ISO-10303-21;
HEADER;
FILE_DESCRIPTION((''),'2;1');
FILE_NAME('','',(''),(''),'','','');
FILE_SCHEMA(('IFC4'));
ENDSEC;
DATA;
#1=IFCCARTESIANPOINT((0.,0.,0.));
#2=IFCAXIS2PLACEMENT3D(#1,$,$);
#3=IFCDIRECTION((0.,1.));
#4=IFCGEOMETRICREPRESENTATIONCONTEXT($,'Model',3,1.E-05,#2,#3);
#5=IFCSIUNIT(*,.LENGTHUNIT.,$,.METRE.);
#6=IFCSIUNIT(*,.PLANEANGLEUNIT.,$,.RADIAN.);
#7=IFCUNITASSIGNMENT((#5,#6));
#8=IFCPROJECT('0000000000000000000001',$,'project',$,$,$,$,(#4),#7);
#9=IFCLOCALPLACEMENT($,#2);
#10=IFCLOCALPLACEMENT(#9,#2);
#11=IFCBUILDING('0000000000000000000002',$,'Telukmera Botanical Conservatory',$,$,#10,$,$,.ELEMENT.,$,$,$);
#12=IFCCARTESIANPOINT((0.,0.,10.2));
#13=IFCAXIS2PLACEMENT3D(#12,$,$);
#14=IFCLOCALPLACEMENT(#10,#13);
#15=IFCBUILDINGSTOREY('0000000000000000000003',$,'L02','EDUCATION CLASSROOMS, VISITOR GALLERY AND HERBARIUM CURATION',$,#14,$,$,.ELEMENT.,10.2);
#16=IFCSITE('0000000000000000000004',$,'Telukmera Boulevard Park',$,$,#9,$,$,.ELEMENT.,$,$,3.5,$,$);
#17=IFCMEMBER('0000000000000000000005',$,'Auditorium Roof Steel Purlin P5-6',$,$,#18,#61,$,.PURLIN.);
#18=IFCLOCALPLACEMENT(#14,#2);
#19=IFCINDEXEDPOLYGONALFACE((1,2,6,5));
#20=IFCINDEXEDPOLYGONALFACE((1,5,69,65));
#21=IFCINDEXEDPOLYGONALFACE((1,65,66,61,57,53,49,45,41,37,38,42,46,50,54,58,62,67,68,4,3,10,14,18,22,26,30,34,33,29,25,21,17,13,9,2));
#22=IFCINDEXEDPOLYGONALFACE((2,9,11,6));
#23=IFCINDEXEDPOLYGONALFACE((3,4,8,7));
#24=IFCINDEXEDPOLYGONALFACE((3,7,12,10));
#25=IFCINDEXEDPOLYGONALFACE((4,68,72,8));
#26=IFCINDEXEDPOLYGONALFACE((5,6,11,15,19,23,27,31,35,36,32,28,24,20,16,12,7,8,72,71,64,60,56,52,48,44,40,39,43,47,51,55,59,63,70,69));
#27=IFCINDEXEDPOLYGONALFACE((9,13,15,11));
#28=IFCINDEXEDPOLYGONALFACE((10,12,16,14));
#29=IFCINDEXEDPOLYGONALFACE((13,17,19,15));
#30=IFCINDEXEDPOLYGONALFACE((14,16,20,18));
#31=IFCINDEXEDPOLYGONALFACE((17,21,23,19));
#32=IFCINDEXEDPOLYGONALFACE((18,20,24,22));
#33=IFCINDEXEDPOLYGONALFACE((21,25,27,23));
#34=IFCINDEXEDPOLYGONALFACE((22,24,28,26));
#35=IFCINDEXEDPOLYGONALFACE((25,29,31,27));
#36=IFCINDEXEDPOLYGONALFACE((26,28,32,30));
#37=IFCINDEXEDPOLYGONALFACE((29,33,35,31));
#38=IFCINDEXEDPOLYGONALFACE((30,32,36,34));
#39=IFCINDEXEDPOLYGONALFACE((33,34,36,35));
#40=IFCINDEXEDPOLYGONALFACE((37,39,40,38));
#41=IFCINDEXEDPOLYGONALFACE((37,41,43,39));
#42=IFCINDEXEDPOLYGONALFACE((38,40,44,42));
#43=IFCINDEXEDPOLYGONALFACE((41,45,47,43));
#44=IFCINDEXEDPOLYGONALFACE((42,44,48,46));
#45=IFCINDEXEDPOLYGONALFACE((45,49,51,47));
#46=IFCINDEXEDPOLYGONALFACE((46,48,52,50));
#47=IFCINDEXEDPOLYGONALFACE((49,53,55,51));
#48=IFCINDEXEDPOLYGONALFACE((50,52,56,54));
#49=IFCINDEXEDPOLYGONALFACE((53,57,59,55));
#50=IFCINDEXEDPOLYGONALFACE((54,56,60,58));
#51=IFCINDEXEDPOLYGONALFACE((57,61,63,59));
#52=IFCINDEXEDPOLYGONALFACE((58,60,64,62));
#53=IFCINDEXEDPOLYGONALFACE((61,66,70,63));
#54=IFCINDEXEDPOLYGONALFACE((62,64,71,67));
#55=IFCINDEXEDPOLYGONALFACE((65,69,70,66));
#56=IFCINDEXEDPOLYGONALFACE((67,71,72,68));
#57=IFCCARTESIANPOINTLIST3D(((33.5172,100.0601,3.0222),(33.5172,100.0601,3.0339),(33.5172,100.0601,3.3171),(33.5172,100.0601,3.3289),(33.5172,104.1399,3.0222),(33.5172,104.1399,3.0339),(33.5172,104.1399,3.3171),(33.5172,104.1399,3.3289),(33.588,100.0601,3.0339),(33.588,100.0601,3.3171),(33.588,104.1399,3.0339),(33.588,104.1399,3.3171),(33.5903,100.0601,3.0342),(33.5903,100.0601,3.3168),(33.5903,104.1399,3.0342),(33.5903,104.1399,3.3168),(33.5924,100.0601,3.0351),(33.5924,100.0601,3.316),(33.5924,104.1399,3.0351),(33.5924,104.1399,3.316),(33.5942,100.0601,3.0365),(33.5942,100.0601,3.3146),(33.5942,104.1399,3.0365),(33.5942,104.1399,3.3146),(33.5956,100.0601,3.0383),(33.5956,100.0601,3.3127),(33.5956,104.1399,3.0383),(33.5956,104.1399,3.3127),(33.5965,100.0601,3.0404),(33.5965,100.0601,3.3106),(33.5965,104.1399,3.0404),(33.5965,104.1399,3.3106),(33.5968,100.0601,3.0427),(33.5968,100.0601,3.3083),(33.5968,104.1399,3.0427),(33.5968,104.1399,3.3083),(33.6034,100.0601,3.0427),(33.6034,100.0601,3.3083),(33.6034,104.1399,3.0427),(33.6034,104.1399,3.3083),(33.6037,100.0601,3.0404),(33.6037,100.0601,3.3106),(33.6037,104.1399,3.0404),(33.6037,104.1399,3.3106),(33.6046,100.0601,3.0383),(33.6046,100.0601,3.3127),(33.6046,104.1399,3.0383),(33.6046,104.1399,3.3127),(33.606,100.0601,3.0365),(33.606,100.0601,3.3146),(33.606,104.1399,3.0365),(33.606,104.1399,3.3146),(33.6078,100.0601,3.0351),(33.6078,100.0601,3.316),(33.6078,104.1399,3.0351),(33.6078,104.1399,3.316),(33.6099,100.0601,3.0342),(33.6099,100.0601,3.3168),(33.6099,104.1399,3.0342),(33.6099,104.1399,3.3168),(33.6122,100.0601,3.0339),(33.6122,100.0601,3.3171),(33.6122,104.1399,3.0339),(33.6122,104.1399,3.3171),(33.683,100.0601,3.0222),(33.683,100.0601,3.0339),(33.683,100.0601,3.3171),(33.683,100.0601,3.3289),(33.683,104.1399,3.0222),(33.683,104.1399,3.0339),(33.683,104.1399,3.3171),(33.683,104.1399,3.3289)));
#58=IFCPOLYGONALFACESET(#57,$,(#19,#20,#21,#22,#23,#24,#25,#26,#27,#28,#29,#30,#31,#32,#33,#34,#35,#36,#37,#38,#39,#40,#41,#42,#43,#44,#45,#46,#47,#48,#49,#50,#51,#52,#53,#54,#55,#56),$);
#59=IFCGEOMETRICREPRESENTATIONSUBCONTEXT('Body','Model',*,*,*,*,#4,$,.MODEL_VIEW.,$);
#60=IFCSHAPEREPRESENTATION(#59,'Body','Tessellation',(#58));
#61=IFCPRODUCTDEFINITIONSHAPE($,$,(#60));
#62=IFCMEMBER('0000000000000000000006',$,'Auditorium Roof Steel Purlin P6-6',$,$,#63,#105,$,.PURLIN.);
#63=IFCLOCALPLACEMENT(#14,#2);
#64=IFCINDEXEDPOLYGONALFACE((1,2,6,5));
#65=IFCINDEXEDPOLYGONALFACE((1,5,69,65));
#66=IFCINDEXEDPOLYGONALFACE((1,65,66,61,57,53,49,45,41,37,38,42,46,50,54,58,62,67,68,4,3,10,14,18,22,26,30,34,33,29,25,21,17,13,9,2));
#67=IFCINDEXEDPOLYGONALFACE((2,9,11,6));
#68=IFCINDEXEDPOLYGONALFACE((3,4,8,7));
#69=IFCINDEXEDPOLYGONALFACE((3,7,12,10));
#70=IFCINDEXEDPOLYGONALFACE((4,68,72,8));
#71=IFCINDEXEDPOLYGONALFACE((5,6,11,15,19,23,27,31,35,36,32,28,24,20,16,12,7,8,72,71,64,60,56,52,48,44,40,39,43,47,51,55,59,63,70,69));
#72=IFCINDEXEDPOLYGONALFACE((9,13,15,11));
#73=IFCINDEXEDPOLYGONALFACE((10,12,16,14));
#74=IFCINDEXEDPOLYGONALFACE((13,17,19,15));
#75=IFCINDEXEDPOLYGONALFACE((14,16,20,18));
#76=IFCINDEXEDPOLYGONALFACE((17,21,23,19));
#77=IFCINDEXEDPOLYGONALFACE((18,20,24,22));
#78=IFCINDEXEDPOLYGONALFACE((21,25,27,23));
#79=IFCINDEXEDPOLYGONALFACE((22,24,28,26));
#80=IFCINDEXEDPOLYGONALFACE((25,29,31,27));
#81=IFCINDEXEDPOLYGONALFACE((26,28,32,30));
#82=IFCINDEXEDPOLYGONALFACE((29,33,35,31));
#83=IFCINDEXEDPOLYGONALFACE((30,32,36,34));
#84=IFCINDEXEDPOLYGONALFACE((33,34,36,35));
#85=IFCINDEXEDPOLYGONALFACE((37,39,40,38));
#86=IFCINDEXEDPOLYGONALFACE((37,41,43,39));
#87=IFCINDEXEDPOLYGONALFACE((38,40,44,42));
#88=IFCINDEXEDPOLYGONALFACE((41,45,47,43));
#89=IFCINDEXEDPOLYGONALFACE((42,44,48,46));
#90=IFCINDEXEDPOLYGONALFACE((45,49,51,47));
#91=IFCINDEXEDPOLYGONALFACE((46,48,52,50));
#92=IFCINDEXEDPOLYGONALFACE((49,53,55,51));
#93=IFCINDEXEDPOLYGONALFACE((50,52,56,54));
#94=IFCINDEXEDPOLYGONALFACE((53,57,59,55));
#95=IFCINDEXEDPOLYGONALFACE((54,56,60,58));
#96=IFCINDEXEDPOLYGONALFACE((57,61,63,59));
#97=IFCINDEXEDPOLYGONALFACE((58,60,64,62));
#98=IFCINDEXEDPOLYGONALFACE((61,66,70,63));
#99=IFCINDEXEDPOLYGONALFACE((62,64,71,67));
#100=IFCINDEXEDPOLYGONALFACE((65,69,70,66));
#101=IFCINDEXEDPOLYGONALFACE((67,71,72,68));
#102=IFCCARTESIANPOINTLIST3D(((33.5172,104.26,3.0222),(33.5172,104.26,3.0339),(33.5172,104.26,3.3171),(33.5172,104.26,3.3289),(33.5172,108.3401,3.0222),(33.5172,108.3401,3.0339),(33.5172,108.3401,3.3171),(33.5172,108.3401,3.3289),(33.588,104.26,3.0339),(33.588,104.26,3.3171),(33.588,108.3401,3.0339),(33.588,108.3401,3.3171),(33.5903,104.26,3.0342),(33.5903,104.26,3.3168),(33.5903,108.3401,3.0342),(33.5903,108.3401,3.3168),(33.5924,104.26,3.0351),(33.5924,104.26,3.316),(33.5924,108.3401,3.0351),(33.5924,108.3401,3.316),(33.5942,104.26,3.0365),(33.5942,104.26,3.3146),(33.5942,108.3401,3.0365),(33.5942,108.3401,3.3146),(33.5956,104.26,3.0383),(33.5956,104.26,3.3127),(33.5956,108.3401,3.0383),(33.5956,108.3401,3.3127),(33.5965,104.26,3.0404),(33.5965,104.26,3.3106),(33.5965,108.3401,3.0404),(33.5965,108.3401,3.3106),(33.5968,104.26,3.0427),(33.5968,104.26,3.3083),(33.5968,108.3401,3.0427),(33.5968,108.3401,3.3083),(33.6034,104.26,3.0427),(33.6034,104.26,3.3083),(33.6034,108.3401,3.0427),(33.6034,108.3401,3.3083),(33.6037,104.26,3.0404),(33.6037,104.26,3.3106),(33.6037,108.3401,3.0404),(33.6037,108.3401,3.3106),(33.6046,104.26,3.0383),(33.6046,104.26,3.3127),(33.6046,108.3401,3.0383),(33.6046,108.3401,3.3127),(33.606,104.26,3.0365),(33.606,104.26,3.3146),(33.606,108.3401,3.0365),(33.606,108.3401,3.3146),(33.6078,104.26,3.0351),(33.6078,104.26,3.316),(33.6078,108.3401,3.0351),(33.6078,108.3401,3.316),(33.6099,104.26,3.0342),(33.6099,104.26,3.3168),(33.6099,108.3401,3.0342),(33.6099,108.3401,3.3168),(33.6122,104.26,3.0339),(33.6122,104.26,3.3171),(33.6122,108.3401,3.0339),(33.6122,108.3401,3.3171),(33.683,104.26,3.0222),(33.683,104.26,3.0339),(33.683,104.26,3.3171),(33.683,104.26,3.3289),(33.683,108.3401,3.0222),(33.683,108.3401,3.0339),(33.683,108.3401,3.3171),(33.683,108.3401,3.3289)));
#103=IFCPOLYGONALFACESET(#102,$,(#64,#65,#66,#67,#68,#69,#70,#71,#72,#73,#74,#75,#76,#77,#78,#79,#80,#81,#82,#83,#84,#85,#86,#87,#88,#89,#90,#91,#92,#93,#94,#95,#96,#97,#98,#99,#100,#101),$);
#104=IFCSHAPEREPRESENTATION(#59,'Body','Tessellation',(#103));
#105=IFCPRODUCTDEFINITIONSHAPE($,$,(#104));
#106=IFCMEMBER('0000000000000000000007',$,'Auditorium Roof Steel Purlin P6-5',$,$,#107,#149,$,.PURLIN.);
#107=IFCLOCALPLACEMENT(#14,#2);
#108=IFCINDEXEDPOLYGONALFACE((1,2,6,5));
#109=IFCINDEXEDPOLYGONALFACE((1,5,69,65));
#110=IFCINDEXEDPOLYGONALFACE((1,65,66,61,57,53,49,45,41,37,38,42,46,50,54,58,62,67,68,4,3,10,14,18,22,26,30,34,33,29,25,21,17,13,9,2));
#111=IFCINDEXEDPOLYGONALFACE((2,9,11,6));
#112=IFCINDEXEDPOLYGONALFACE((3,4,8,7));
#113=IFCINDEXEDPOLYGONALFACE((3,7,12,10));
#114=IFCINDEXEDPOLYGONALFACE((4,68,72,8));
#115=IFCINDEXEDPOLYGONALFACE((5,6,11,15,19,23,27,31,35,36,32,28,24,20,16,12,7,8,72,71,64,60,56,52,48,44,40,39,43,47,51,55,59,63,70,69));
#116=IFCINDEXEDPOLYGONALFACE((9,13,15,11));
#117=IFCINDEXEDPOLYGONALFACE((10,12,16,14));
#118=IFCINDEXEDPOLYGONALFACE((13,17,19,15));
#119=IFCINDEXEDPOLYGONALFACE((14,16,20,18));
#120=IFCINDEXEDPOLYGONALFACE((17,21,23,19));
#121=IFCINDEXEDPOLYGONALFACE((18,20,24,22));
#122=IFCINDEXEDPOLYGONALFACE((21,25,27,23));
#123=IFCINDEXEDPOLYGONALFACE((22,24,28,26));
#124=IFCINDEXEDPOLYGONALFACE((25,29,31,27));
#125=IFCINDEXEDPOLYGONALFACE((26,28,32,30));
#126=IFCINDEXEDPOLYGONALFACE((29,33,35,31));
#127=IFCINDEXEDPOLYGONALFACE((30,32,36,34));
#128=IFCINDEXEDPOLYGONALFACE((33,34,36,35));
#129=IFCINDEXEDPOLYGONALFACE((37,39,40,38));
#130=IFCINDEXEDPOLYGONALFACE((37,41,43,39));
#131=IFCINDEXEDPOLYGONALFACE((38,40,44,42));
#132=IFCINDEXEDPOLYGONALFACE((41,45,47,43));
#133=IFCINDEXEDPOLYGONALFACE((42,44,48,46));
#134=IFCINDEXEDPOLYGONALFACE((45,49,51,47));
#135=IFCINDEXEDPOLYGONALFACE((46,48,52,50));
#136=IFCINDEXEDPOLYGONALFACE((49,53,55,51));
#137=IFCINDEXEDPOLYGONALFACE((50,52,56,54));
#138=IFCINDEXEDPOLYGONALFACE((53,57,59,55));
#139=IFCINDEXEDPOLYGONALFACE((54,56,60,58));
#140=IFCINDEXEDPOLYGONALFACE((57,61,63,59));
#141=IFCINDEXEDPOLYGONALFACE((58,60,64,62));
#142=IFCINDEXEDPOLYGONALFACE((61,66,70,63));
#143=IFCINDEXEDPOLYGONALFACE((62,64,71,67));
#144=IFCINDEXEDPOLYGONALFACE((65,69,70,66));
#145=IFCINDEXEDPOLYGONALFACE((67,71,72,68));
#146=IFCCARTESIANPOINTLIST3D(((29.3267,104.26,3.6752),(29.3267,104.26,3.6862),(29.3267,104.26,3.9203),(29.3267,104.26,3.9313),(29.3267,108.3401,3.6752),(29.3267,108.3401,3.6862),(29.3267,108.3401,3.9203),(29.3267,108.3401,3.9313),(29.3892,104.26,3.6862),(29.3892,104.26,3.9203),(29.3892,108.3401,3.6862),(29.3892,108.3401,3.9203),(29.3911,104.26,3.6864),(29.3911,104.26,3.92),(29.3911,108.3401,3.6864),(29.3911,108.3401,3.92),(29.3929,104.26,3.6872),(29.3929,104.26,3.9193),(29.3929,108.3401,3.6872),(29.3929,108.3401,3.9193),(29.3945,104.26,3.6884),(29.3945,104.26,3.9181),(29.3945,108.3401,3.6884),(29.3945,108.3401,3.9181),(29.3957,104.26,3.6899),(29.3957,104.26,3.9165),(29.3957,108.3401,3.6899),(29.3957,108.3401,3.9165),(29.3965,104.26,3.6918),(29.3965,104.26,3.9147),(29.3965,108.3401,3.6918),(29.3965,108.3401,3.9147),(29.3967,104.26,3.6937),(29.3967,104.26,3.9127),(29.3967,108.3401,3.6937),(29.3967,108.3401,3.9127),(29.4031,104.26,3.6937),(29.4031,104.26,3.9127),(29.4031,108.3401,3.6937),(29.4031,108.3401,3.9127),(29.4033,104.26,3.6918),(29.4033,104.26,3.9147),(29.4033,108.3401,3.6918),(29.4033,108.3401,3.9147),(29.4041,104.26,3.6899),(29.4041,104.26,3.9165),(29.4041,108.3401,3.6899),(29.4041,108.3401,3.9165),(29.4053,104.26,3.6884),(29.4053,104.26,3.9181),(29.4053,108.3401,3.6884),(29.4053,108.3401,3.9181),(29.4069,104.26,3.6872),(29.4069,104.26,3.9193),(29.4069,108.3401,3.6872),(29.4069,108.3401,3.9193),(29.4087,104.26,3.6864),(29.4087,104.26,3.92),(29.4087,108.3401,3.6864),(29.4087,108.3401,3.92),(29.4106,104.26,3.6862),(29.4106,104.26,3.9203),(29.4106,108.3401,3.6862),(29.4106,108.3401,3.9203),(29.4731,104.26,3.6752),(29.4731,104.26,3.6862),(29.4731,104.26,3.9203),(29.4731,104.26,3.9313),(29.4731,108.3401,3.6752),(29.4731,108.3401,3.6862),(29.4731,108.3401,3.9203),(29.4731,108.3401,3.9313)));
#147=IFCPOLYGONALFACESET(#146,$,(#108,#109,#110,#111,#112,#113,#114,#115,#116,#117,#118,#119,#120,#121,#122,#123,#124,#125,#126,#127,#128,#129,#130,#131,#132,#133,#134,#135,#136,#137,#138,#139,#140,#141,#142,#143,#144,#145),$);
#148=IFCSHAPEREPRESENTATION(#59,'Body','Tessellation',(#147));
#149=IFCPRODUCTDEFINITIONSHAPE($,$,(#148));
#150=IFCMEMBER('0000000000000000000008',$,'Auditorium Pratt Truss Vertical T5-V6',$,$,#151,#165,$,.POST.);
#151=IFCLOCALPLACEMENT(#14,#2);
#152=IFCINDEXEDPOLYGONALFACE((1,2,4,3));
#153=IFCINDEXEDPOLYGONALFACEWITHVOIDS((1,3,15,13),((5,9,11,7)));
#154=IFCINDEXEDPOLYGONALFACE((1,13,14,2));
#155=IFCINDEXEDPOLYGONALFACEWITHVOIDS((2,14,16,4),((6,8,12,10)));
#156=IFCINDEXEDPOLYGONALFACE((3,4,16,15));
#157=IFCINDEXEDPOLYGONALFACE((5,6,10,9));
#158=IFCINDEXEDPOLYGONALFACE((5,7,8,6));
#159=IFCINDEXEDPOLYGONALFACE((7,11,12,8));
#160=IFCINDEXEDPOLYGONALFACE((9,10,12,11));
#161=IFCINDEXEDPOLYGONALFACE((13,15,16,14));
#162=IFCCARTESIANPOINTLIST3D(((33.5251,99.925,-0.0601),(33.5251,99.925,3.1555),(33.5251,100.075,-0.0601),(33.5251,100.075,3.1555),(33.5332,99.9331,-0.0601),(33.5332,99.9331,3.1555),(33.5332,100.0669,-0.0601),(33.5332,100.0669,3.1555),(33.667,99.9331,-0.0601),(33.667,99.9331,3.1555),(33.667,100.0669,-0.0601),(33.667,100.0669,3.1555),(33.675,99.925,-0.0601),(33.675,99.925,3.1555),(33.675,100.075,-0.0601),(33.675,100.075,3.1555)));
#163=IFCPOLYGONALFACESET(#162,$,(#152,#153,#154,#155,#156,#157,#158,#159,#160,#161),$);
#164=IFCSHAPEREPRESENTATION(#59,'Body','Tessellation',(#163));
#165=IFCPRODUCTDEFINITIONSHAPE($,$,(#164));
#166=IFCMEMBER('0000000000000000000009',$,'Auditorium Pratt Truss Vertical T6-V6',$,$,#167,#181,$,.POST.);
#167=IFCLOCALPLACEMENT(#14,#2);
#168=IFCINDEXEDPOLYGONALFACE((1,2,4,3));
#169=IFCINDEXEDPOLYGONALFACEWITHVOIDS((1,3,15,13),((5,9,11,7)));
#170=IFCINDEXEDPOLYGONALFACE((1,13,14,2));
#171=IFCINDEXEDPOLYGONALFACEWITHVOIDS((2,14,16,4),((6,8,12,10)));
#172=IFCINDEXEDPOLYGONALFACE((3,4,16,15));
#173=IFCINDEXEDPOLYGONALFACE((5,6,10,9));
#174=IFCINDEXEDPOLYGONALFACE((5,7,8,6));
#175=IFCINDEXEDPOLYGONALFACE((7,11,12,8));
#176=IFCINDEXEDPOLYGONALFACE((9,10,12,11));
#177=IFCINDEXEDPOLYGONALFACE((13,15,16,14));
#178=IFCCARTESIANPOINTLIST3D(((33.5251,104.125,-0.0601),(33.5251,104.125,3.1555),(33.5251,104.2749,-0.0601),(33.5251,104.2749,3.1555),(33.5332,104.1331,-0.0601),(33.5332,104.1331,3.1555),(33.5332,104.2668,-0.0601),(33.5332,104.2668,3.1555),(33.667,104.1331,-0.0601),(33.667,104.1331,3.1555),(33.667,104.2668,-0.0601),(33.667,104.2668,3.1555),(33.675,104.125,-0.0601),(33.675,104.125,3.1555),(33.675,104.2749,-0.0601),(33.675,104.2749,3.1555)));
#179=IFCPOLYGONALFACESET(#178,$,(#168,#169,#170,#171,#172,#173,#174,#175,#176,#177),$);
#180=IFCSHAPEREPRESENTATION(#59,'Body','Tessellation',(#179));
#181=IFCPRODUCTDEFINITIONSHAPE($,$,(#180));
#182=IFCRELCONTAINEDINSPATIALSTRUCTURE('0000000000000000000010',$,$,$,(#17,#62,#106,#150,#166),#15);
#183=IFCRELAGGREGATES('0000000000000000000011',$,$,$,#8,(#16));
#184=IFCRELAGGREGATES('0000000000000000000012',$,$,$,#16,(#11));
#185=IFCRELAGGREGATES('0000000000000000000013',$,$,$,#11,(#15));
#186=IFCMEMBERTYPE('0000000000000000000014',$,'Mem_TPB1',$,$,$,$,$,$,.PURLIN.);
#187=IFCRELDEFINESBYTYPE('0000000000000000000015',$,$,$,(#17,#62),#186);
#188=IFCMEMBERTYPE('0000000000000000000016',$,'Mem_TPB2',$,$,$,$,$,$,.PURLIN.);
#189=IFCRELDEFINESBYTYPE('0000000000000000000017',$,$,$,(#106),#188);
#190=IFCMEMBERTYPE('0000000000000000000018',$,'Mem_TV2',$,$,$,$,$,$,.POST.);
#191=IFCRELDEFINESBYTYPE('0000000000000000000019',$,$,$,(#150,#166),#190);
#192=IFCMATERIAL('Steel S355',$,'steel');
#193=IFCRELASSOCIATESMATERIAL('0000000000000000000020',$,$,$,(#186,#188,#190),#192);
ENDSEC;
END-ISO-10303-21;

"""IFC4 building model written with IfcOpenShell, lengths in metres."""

from ifc_helpers import new_model, si_unit, direction, frame, origin, origin_2d, place, context, subcontext, project, spatial, hollow_rectangle, i_section, extrude, material, material_profile, profile_set, type_object, element, save


model = new_model("IFC4")

# Units and contexts
model_context = context("Model", 3, precision=1e-05, world=origin(), true_north=direction((0.0, 1.0)))
body_context = subcontext(model_context, "Body", "Model", "MODEL_VIEW")
ifc_project = project(units=[si_unit("LENGTHUNIT", "METRE"), si_unit("PLANEANGLEUNIT", "RADIAN")], contexts=[model_context])

# Site, building, storey
site_placement = place(None, origin())
site = spatial("IfcSite", under=ifc_project, at=site_placement, Name="Telukmera Boulevard Park", CompositionType="ELEMENT", RefElevation=3.5)
building_placement = place(site_placement, origin())
building = spatial("IfcBuilding", under=site, at=building_placement, Name="Telukmera Botanical Conservatory", CompositionType="ELEMENT")
storey_placement = place(building_placement, frame((0.0, 0.0, 10.2)))
storey = spatial("IfcBuildingStorey", under=building, at=storey_placement, Name="L02", Description="EDUCATION CLASSROOMS, VISITOR GALLERY AND HERBARIUM CURATION", CompositionType="ELEMENT", Elevation=10.2)

# Members
ifc_material = material(Name="Steel S355", Category="steel")
ifc_material_profile_1 = material_profile(ifc_material, i_section(OverallWidth=0.1658, OverallDepth=0.3066, WebThickness=0.0066, FlangeThickness=0.0117, FilletRadius=0.0088, at=origin_2d()), Name="UB 305x165x46")
ifc_profile_set_1 = profile_set([ifc_material_profile_1], Name="Steel S355")
member_type_1 = type_object("IfcMemberType", Name="Mem_TPB1", PredefinedType="PURLIN", material=ifc_profile_set_1)
member_1_placement = place(storey_placement, frame((33.6001, 100.0601, 3.1755), z_axis=(0.0, 1.0, 0.0), x_axis=(-1.0, 0.0, 0.0)))
element("IfcMember", 1, at=member_1_placement, inside=storey, type_object=member_type_1, Name="Auditorium Roof Steel Purlin P5-6", PredefinedType="PURLIN", context=body_context, shape_type="SweptSolid", body=[
    extrude(i_section(OverallWidth=0.1658, OverallDepth=0.3066, WebThickness=0.0066, FlangeThickness=0.0117, FilletRadius=0.0088, at=origin_2d()), origin(), (0.0, 0.0, 1.0), 4.0798),
])
member_2_placement = place(storey_placement, frame((33.6001, 104.26, 3.1755), z_axis=(0.0, 1.0, 0.0), x_axis=(-1.0, 0.0, 0.0)))
element("IfcMember", 2, at=member_2_placement, inside=storey, type_object=member_type_1, Name="Auditorium Roof Steel Purlin P6-6", PredefinedType="PURLIN", context=body_context, shape_type="SweptSolid", body=[
    extrude(i_section(OverallWidth=0.1658, OverallDepth=0.3066, WebThickness=0.0066, FlangeThickness=0.0117, FilletRadius=0.0088, at=origin_2d()), origin(), (0.0, 0.0, 1.0), 4.0801),
])
ifc_material_profile_2 = material_profile(ifc_material, i_section(OverallWidth=0.1465, OverallDepth=0.2561, WebThickness=0.0063, FlangeThickness=0.011, FilletRadius=0.0076, at=origin_2d()), Name="UB 254x146x37")
ifc_profile_set_2 = profile_set([ifc_material_profile_2], Name="Steel S355")
member_type_2 = type_object("IfcMemberType", Name="Mem_TPB2", PredefinedType="PURLIN", material=ifc_profile_set_2)
member_3_placement = place(storey_placement, frame((29.3999, 104.26, 3.8032), z_axis=(0.0, 1.0, 0.0), x_axis=(-1.0, 0.0, 0.0)))
element("IfcMember", 3, at=member_3_placement, inside=storey, type_object=member_type_2, Name="Auditorium Roof Steel Purlin P6-5", PredefinedType="PURLIN", context=body_context, shape_type="SweptSolid", body=[
    extrude(i_section(OverallWidth=0.1465, OverallDepth=0.2561, WebThickness=0.0063, FlangeThickness=0.011, FilletRadius=0.0076, at=origin_2d()), origin(), (0.0, 0.0, 1.0), 4.0801),
])
ifc_material_profile_3 = material_profile(ifc_material, hollow_rectangle(XDim=0.1499, YDim=0.1499, WallThickness=0.0081, at=origin_2d()), Name="SHS 150x150x8.0")
ifc_profile_set_3 = profile_set([ifc_material_profile_3], Name="Steel S355")
member_type_3 = type_object("IfcMemberType", Name="Mem_TV2", PredefinedType="POST", material=ifc_profile_set_3)
for number, where, z_axis, x_axis, name in (
    (4, (33.6001, 100.0, -0.0601), (0.0, 0.0, 1.0), (1.0, 0.0, 0.0), "Auditorium Pratt Truss Vertical T5-V6"),
    (5, (33.6001, 104.2, -0.0601), (0.0, 0.0, 1.0), (1.0, 0.0, 0.0), "Auditorium Pratt Truss Vertical T6-V6"),
):
    element("IfcMember", number, at=place(storey_placement, frame(where, z_axis=z_axis, x_axis=x_axis)), inside=storey, type_object=member_type_3, Name=name, PredefinedType="POST", context=body_context, shape_type="SweptSolid", body=[
        extrude(hollow_rectangle(XDim=0.1499, YDim=0.1499, WallThickness=0.0081, at=origin_2d()), origin(), (0.0, 0.0, 1.0), 3.2156),
    ])

save(model, "model.ifc")
